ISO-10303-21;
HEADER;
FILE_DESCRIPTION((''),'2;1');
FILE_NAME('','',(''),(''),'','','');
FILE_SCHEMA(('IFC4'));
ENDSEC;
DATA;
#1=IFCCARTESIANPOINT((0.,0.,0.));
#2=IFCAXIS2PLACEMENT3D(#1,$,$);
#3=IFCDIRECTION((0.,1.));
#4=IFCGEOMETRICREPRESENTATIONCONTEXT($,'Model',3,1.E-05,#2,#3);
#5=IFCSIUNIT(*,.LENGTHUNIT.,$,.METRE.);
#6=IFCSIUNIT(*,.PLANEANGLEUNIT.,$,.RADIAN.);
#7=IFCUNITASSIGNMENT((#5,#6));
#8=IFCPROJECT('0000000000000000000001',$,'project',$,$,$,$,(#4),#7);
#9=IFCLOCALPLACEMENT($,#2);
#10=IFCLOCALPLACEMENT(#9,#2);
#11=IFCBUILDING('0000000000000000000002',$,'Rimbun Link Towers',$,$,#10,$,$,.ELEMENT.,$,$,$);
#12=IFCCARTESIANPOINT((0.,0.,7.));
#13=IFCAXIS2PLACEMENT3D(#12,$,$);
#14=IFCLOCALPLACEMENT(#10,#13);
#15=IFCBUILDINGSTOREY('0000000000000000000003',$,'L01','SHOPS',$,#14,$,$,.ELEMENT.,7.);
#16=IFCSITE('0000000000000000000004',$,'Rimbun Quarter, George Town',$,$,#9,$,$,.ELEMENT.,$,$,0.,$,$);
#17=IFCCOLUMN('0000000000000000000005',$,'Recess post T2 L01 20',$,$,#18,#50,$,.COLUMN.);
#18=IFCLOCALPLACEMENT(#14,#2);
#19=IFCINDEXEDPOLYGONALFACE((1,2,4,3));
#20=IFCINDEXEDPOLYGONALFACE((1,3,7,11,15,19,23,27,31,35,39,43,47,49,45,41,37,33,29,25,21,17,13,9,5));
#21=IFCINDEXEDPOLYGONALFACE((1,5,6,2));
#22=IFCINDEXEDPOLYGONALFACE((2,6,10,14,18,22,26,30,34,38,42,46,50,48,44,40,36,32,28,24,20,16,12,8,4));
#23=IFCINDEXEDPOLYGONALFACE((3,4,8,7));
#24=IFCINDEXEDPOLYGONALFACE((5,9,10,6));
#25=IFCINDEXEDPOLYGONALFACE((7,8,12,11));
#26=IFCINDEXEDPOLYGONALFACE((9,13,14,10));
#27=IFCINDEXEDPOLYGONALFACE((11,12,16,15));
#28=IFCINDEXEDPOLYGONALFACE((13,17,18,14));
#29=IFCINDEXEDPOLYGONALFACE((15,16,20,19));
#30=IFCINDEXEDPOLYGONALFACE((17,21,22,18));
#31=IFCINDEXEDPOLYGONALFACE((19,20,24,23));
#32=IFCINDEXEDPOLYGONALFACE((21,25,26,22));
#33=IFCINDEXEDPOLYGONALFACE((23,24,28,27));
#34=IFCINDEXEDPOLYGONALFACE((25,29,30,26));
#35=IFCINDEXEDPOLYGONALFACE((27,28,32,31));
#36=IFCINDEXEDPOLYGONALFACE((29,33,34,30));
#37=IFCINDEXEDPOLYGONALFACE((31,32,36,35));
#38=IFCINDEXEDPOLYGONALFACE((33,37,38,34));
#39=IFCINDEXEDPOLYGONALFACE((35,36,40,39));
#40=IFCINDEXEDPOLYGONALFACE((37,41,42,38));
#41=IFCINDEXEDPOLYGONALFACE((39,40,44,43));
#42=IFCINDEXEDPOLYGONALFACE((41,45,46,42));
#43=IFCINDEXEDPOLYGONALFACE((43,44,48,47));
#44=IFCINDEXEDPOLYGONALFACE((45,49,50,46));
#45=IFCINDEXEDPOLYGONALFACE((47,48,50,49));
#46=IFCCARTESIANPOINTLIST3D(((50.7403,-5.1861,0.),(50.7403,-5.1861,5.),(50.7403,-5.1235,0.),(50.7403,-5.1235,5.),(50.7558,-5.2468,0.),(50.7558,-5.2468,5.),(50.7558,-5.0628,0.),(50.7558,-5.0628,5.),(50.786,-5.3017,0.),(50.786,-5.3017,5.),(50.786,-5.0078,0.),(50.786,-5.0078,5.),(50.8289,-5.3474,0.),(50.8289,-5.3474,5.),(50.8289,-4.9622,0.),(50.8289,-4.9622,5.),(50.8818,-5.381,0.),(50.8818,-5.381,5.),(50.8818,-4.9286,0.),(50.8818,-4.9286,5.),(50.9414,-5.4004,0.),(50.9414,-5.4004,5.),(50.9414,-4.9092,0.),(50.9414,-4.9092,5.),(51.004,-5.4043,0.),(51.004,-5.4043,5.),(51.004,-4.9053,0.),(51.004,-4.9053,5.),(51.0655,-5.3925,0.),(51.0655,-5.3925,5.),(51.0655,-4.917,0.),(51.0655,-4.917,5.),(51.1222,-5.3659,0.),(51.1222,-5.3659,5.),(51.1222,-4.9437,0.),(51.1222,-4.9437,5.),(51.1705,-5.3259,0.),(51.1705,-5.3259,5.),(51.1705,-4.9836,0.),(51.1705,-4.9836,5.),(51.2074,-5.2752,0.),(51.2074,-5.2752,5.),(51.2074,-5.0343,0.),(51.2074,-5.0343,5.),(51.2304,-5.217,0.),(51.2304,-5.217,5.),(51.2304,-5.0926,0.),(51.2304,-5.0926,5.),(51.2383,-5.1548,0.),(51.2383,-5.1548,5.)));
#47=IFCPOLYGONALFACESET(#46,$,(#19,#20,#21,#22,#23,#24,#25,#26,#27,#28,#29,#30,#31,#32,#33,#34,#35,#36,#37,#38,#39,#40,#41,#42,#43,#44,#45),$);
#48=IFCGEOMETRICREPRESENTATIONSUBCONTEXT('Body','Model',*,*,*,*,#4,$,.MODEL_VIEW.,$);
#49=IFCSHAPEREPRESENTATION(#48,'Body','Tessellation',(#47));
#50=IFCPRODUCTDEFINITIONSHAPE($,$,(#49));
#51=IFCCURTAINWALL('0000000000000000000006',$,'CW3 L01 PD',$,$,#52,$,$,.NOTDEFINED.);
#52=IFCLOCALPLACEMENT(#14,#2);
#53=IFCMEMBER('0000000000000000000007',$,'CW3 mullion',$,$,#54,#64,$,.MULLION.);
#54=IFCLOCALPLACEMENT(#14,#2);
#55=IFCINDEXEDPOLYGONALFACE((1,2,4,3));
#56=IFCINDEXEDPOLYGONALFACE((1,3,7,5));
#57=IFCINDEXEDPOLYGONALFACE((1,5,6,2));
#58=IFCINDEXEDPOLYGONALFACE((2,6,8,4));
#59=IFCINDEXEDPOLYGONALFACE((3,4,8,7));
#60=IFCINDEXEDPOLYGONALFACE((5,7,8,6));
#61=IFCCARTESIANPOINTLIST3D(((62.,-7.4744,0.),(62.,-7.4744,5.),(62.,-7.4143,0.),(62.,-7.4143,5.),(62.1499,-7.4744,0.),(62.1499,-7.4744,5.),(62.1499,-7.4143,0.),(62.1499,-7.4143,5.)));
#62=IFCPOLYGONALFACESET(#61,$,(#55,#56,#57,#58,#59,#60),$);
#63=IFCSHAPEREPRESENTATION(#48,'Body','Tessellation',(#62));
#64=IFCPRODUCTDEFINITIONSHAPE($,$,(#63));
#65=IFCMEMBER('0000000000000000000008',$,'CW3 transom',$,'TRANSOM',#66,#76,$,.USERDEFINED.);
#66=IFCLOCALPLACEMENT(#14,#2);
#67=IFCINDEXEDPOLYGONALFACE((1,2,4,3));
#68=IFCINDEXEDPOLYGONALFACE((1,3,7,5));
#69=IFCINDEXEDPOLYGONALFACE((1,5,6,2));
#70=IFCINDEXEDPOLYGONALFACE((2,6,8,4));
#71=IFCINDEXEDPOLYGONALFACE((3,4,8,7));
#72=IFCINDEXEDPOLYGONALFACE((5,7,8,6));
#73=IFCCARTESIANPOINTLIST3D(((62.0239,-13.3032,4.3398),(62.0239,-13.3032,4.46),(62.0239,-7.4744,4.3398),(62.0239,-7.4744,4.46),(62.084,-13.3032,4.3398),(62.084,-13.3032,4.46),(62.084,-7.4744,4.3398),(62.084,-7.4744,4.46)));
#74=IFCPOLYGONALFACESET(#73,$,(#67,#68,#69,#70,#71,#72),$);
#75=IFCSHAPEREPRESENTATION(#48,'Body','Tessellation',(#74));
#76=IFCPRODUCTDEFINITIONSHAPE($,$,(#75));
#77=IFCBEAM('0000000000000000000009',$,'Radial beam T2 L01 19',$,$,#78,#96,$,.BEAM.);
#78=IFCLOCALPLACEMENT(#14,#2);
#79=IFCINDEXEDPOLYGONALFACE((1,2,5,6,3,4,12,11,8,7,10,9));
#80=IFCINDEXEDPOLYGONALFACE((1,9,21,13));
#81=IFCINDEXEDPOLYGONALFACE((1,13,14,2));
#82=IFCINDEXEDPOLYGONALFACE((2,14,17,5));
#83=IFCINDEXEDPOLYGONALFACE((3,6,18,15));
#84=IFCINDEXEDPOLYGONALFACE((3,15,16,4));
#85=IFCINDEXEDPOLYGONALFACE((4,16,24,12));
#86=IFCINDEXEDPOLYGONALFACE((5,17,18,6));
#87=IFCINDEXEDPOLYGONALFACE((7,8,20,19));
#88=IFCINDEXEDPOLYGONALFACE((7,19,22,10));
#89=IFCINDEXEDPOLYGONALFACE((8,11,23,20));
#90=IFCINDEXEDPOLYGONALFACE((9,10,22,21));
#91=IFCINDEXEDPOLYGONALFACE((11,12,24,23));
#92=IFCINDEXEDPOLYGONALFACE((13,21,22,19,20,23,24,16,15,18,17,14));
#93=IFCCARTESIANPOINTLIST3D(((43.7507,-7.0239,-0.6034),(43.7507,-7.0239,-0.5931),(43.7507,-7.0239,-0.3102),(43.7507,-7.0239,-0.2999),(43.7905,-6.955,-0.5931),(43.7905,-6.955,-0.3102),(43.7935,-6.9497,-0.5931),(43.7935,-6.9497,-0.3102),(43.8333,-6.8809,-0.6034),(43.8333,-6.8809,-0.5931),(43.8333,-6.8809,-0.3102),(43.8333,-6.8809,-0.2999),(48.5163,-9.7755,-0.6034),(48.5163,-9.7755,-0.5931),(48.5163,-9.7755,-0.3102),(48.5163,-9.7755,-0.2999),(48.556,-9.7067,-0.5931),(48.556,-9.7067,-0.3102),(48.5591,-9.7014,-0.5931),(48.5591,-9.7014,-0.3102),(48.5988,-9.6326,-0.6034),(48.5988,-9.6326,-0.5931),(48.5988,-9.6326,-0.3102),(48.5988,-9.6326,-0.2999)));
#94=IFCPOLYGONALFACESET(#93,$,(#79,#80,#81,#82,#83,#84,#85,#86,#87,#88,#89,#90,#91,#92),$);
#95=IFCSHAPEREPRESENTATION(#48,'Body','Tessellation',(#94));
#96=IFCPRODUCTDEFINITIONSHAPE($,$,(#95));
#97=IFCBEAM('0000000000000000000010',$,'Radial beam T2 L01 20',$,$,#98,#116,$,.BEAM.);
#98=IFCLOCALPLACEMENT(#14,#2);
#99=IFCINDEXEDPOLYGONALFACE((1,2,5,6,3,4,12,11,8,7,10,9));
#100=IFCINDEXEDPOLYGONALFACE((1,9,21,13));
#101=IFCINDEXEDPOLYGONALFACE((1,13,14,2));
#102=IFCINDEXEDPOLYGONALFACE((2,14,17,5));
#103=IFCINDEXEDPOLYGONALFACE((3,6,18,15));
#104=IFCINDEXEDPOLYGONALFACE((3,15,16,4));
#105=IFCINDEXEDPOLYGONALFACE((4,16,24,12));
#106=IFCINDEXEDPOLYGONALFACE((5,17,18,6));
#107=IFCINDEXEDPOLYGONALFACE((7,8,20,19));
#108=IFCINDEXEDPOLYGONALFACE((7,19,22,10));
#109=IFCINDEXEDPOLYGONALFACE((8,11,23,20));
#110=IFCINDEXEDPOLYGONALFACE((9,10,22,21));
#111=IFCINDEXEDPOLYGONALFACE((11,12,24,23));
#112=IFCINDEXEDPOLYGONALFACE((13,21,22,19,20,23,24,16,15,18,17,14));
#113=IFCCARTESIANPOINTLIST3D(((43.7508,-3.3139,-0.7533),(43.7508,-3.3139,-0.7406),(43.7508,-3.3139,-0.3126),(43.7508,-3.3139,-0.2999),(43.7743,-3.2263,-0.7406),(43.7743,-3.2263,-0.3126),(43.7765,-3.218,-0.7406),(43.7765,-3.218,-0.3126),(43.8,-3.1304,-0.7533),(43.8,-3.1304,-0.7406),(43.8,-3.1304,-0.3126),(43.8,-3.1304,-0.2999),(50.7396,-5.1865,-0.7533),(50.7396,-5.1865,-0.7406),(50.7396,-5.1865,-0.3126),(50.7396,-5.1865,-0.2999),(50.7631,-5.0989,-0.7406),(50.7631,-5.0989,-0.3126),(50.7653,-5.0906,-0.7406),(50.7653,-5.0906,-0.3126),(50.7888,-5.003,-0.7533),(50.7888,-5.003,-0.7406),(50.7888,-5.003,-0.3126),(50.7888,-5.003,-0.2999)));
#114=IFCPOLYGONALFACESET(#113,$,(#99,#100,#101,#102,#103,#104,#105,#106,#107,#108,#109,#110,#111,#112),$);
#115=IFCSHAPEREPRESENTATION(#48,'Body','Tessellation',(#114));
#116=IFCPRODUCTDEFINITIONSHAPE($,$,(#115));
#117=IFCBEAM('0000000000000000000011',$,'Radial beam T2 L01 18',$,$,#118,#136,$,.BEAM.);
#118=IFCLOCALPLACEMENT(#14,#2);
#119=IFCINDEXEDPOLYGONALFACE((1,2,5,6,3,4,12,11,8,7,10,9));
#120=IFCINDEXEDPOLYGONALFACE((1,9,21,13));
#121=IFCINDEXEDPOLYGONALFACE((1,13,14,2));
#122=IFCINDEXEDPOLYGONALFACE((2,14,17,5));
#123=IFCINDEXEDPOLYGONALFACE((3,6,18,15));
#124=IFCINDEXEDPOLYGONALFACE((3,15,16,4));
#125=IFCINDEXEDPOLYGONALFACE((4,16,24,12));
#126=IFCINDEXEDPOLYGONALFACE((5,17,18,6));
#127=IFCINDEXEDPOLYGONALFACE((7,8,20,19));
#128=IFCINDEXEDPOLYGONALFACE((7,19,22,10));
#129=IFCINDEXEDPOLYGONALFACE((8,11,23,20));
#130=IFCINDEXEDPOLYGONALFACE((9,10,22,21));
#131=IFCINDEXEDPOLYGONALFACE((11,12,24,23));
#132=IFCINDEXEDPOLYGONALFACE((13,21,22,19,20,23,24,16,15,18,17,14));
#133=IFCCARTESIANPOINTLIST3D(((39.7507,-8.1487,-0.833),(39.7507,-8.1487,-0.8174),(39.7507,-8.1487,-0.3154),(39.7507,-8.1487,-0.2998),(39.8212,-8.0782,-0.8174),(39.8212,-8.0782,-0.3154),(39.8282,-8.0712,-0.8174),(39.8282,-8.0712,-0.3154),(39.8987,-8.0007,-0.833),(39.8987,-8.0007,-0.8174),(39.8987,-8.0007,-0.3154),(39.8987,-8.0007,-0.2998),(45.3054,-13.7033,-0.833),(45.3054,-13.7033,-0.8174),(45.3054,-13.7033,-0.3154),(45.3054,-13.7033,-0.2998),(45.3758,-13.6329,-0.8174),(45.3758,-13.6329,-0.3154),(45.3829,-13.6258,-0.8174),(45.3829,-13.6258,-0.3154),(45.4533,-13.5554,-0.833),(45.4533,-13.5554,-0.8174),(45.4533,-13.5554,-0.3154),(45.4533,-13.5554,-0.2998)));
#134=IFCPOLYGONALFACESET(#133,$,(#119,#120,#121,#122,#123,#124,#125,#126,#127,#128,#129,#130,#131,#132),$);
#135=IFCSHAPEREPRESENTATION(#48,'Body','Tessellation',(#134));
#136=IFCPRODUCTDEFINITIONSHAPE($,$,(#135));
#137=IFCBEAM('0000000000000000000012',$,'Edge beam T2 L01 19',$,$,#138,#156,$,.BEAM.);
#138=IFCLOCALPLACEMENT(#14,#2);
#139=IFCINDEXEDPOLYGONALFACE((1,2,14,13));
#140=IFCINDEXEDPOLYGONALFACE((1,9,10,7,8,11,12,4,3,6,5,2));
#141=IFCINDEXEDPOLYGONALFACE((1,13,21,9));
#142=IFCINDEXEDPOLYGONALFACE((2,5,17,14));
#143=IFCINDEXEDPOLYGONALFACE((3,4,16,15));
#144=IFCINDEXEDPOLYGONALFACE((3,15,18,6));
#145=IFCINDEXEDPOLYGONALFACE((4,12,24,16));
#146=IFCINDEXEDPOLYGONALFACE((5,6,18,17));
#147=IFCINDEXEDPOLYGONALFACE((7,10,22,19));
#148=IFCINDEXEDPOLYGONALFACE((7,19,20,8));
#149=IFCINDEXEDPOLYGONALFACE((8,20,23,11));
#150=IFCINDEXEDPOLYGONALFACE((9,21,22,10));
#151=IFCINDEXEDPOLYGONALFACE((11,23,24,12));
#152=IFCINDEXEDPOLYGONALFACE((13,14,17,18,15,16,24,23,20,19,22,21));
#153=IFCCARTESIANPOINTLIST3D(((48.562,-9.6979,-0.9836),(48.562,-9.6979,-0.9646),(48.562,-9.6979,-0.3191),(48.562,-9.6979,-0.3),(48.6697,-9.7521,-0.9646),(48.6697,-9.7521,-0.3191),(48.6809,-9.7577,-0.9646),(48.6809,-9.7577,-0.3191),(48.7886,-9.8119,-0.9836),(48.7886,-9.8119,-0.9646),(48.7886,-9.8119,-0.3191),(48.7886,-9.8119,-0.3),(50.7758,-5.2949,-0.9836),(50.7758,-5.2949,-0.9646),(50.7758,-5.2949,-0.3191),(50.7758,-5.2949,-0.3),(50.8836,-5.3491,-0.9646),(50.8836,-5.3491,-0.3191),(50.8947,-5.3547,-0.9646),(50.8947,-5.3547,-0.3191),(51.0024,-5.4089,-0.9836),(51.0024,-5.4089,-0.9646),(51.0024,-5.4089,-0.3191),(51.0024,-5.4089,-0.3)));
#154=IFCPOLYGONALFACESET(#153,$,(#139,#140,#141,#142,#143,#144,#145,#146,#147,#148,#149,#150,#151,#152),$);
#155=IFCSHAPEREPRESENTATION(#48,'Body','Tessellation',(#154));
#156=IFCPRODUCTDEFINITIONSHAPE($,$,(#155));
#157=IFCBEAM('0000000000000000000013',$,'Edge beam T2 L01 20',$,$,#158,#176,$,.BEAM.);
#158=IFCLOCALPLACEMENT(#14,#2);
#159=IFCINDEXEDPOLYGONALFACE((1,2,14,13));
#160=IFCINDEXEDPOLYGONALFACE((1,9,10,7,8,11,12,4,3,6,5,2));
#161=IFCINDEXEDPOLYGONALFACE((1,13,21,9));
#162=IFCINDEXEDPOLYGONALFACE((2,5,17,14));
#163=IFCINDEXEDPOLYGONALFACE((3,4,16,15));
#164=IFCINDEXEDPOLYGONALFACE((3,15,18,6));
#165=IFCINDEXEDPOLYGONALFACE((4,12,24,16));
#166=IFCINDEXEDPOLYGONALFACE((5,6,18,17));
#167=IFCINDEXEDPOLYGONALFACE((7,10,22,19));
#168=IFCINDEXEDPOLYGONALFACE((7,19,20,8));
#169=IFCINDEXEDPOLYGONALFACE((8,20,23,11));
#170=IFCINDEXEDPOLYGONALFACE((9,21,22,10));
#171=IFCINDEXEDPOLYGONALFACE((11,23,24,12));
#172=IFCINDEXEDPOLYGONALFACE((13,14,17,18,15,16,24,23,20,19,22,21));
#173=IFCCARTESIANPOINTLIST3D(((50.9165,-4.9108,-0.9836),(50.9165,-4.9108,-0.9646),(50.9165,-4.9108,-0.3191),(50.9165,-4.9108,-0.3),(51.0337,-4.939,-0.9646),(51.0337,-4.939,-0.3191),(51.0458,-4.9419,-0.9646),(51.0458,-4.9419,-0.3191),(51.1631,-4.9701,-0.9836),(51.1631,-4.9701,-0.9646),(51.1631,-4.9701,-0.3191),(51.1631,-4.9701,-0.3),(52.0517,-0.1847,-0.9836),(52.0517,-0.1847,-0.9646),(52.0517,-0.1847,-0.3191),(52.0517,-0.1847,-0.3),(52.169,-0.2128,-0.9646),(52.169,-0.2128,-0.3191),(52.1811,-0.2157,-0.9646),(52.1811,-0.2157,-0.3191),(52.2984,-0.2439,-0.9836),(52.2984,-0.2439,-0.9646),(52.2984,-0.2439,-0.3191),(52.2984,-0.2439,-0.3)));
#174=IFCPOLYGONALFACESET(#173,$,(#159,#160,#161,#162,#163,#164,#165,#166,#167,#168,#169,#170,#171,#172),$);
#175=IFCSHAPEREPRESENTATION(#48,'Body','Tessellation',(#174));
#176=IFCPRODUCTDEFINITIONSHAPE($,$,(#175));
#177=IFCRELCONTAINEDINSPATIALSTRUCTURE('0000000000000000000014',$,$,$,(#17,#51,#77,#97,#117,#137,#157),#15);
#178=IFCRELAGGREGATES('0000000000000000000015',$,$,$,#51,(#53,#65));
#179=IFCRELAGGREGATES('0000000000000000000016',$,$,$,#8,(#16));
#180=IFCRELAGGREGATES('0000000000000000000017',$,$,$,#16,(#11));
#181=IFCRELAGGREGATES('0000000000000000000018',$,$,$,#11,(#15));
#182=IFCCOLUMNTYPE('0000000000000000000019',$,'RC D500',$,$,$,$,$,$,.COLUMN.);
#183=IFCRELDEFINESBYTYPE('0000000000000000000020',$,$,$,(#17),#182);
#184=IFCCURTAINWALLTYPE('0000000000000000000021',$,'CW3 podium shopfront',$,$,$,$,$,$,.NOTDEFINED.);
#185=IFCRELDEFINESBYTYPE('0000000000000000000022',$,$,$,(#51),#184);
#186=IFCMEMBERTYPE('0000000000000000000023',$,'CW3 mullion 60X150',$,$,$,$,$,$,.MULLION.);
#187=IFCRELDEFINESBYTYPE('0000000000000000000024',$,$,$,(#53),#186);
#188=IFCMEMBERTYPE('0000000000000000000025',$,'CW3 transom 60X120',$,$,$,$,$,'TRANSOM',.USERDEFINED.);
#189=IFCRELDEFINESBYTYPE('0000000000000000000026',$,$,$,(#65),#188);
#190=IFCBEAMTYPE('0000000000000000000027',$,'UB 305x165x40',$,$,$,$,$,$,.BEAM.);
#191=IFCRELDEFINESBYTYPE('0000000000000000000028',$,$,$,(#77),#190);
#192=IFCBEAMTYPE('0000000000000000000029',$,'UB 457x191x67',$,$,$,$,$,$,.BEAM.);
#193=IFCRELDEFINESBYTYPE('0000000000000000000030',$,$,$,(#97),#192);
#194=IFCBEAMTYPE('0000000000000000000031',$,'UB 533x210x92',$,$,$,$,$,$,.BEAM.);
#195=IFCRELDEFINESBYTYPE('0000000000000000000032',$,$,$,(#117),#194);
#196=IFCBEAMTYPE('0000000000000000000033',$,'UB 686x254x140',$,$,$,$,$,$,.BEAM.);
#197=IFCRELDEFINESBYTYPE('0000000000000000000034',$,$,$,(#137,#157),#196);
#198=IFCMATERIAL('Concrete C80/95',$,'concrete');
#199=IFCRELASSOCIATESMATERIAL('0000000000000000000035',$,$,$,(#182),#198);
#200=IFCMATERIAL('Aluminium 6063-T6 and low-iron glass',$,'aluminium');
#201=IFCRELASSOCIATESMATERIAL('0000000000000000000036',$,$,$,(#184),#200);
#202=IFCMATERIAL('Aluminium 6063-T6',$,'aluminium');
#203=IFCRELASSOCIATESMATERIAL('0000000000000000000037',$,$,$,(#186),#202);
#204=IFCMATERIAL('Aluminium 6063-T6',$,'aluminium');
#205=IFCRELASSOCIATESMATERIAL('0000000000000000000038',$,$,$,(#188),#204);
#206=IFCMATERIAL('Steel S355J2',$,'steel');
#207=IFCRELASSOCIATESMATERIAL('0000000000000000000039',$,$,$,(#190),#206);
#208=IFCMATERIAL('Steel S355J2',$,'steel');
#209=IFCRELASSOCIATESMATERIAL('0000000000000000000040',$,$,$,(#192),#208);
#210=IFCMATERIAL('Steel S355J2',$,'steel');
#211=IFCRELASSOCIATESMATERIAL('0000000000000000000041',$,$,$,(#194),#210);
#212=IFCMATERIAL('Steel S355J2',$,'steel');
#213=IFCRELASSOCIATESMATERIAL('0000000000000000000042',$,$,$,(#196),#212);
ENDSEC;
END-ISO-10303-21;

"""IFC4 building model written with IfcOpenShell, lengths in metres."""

from ifc_helpers import new_model, si_unit, direction, frame, origin, origin_2d, place, context, subcontext, project, spatial, rectangle, circle, i_section, extrude, material, material_profile, profile_set, type_object, element, aggregate, save


model = new_model("IFC4")

# Units and contexts
model_context = context("Model", 3, precision=1e-05, world=origin(), true_north=direction((0.0, 1.0)))
body_context = subcontext(model_context, "Body", "Model", "MODEL_VIEW")
ifc_project = project(units=[si_unit("LENGTHUNIT", "METRE"), si_unit("PLANEANGLEUNIT", "RADIAN")], contexts=[model_context])

# Site, building, storey
site_placement = place(None, origin())
site = spatial("IfcSite", under=ifc_project, at=site_placement, Name="Rimbun Quarter, George Town", CompositionType="ELEMENT", RefElevation=0.0)
building_placement = place(site_placement, origin())
building = spatial("IfcBuilding", under=site, at=building_placement, Name="Rimbun Link Towers", CompositionType="ELEMENT")
storey_placement = place(building_placement, frame((0.0, 0.0, 7.0)))
storey = spatial("IfcBuildingStorey", under=building, at=storey_placement, Name="L01", Description="SHOPS", CompositionType="ELEMENT", Elevation=7.0)

# Column
ifc_material_1 = material(Name="Concrete C80/95", Category="concrete")
ifc_material_profile_1 = material_profile(ifc_material_1, circle(Radius=0.25, at=origin_2d()), Name="RC D500")
ifc_profile_set_1 = profile_set([ifc_material_profile_1], Name="Concrete C80/95")
column_type = type_object("IfcColumnType", Name="RC D500", PredefinedType="COLUMN", material=ifc_profile_set_1)
column_placement = place(storey_placement, frame((50.9883, -5.1548, 0.0), z_axis=(0.0, 0.0, 1.0), x_axis=(1.0, 0.0, 0.0)))
element("IfcColumn", 1, at=column_placement, inside=storey, type_object=column_type, Name="Recess post T2 L01 20", PredefinedType="COLUMN", context=body_context, shape_type="SweptSolid", body=[
    extrude(circle(Radius=0.25, at=origin_2d()), origin(), (0.0, 0.0, 1.0), 5.0),
])

# Curtain wall, members
ifc_material_2 = material(Name="Aluminium 6063-T6 and low-iron glass", Category="aluminium")
curtain_wall_type = type_object("IfcCurtainWallType", Name="CW3 podium shopfront", PredefinedType="NOTDEFINED", material=ifc_material_2)
curtain_wall_placement = place(storey_placement, origin())
curtain_wall = element("IfcCurtainWall", 2, at=curtain_wall_placement, inside=storey, type_object=curtain_wall_type, Name="CW3 L01 PD", PredefinedType="NOTDEFINED")
ifc_material_3 = material(Name="Aluminium 6063-T6", Category="aluminium")
ifc_material_profile_2 = material_profile(ifc_material_3, rectangle(XDim=0.1499, YDim=0.0601, at=origin_2d()), Name="MULLION 60X150")
ifc_profile_set_2 = profile_set([ifc_material_profile_2], Name="Aluminium 6063-T6")
member_type_1 = type_object("IfcMemberType", Name="CW3 mullion 60X150", PredefinedType="MULLION", material=ifc_profile_set_2)
member_1_placement = place(storey_placement, frame((62.075, -7.4443, 0.0), z_axis=(0.0, 0.0, 1.0), x_axis=(1.0, 0.0, 0.0)))
member_1 = element("IfcMember", 3, at=member_1_placement, type_object=member_type_1, Name="CW3 mullion", PredefinedType="MULLION", context=body_context, shape_type="SweptSolid", body=[
    extrude(rectangle(XDim=0.1499, YDim=0.0601, at=origin_2d()), origin(), (0.0, 0.0, 1.0), 5.0),
])
ifc_material_4 = material(Name="Aluminium 6063-T6", Category="aluminium")
ifc_material_profile_3 = material_profile(ifc_material_4, rectangle(XDim=0.0601, YDim=0.1201, at=origin_2d()), Name="TRANSOM 60X120")
ifc_profile_set_3 = profile_set([ifc_material_profile_3], Name="Aluminium 6063-T6")
member_type_2 = type_object("IfcMemberType", Name="CW3 transom 60X120", ElementType="TRANSOM", PredefinedType="USERDEFINED", material=ifc_profile_set_3)
member_2_placement = place(storey_placement, frame((62.054, -7.4744, 4.3999), z_axis=(0.0, -1.0, 0.0), x_axis=(1.0, 0.0, 0.0)))
member_2 = element("IfcMember", 4, at=member_2_placement, type_object=member_type_2, Name="CW3 transom", ObjectType="TRANSOM", PredefinedType="USERDEFINED", context=body_context, shape_type="SweptSolid", body=[
    extrude(rectangle(XDim=0.0601, YDim=0.1201, at=origin_2d()), origin(), (0.0, 0.0, 1.0), 5.8289),
])

# Beams
ifc_material_5 = material(Name="Steel S355J2", Category="steel")
ifc_material_profile_4 = material_profile(ifc_material_5, i_section(OverallWidth=0.165, OverallDepth=0.3035, WebThickness=0.0061, FlangeThickness=0.0103, at=origin_2d()), Name="UB 305x165x40")
ifc_profile_set_4 = profile_set([ifc_material_profile_4], Name="Steel S355J2")
beam_type_1 = type_object("IfcBeamType", Name="UB 305x165x40", PredefinedType="BEAM", material=ifc_profile_set_4)
beam_1_placement = place(storey_placement, frame((43.792, -6.9524, -0.4517), z_axis=(0.866004, -0.500037, 0.0), x_axis=(0.500037, 0.866004, 0.0)))
element("IfcBeam", 5, at=beam_1_placement, inside=storey, type_object=beam_type_1, Name="Radial beam T2 L01 19", PredefinedType="BEAM", context=body_context, shape_type="SweptSolid", body=[
    extrude(i_section(OverallWidth=0.165, OverallDepth=0.3035, WebThickness=0.0061, FlangeThickness=0.0103, at=origin_2d()), origin(), (0.0, 0.0, 1.0), 5.5029),
])
ifc_material_6 = material(Name="Steel S355J2", Category="steel")
ifc_material_profile_5 = material_profile(ifc_material_6, i_section(OverallWidth=0.1899, OverallDepth=0.4534, WebThickness=0.0085, FlangeThickness=0.0127, at=origin_2d()), Name="UB 457x191x67")
ifc_profile_set_5 = profile_set([ifc_material_profile_5], Name="Steel S355J2")
beam_type_2 = type_object("IfcBeamType", Name="UB 457x191x67", PredefinedType="BEAM", material=ifc_profile_set_5)
beam_2_placement = place(storey_placement, frame((43.7754, -3.2222, -0.5266), z_axis=(0.965928, -0.258809, 0.0), x_axis=(0.258809, 0.965928, 0.0)))
element("IfcBeam", 6, at=beam_2_placement, inside=storey, type_object=beam_type_2, Name="Radial beam T2 L01 20", PredefinedType="BEAM", context=body_context, shape_type="SweptSolid", body=[
    extrude(i_section(OverallWidth=0.1899, OverallDepth=0.4534, WebThickness=0.0085, FlangeThickness=0.0127, at=origin_2d()), origin(), (0.0, 0.0, 1.0), 7.2354),
])
ifc_material_7 = material(Name="Steel S355J2", Category="steel")
ifc_material_profile_6 = material_profile(ifc_material_7, i_section(OverallWidth=0.2092, OverallDepth=0.5332, WebThickness=0.01, FlangeThickness=0.0156, at=origin_2d()), Name="UB 533x210x92")
ifc_profile_set_6 = profile_set([ifc_material_profile_6], Name="Steel S355J2")
beam_type_3 = type_object("IfcBeamType", Name="UB 533x210x92", PredefinedType="BEAM", material=ifc_profile_set_6)
beam_3_placement = place(storey_placement, frame((39.8247, -8.0747, -0.5664), z_axis=(0.707107, -0.707107, 0.0), x_axis=(0.707107, 0.707107, 0.0)))
element("IfcBeam", 7, at=beam_3_placement, inside=storey, type_object=beam_type_3, Name="Radial beam T2 L01 18", PredefinedType="BEAM", context=body_context, shape_type="SweptSolid", body=[
    extrude(i_section(OverallWidth=0.2092, OverallDepth=0.5332, WebThickness=0.01, FlangeThickness=0.0156, at=origin_2d()), origin(), (0.0, 0.0, 1.0), 7.8555),
])
ifc_material_8 = material(Name="Steel S355J2", Category="steel")
ifc_material_profile_7 = material_profile(ifc_material_8, i_section(OverallWidth=0.2537, OverallDepth=0.6836, WebThickness=0.0125, FlangeThickness=0.019, at=origin_2d()), Name="UB 686x254x140")
ifc_profile_set_7 = profile_set([ifc_material_profile_7], Name="Steel S355J2")
beam_type_4 = type_object("IfcBeamType", Name="UB 686x254x140", PredefinedType="BEAM", material=ifc_profile_set_7)
beam_4_placement = place(storey_placement, frame((48.6753, -9.7549, -0.6418), z_axis=(0.449214, 0.893424, 0.0), x_axis=(-0.893424, 0.449214, 0.0)))
element("IfcBeam", 8, at=beam_4_placement, inside=storey, type_object=beam_type_4, Name="Edge beam T2 L01 19", PredefinedType="BEAM", context=body_context, shape_type="SweptSolid", body=[
    extrude(i_section(OverallWidth=0.2537, OverallDepth=0.6836, WebThickness=0.0125, FlangeThickness=0.019, at=origin_2d()), origin(), (0.0, 0.0, 1.0), 4.9282),
])
beam_5_placement = place(storey_placement, frame((51.0398, -4.9404, -0.6418), z_axis=(0.233567, 0.972341, 0.0), x_axis=(-0.972341, 0.233567, 0.0)))
element("IfcBeam", 9, at=beam_5_placement, inside=storey, type_object=beam_type_4, Name="Edge beam T2 L01 20", PredefinedType="BEAM", context=body_context, shape_type="SweptSolid", body=[
    extrude(i_section(OverallWidth=0.2537, OverallDepth=0.6836, WebThickness=0.0125, FlangeThickness=0.019, at=origin_2d()), origin(), (0.0, 0.0, 1.0), 4.8606),
])

aggregate(curtain_wall, [member_1, member_2])

save(model, "model.ifc")
